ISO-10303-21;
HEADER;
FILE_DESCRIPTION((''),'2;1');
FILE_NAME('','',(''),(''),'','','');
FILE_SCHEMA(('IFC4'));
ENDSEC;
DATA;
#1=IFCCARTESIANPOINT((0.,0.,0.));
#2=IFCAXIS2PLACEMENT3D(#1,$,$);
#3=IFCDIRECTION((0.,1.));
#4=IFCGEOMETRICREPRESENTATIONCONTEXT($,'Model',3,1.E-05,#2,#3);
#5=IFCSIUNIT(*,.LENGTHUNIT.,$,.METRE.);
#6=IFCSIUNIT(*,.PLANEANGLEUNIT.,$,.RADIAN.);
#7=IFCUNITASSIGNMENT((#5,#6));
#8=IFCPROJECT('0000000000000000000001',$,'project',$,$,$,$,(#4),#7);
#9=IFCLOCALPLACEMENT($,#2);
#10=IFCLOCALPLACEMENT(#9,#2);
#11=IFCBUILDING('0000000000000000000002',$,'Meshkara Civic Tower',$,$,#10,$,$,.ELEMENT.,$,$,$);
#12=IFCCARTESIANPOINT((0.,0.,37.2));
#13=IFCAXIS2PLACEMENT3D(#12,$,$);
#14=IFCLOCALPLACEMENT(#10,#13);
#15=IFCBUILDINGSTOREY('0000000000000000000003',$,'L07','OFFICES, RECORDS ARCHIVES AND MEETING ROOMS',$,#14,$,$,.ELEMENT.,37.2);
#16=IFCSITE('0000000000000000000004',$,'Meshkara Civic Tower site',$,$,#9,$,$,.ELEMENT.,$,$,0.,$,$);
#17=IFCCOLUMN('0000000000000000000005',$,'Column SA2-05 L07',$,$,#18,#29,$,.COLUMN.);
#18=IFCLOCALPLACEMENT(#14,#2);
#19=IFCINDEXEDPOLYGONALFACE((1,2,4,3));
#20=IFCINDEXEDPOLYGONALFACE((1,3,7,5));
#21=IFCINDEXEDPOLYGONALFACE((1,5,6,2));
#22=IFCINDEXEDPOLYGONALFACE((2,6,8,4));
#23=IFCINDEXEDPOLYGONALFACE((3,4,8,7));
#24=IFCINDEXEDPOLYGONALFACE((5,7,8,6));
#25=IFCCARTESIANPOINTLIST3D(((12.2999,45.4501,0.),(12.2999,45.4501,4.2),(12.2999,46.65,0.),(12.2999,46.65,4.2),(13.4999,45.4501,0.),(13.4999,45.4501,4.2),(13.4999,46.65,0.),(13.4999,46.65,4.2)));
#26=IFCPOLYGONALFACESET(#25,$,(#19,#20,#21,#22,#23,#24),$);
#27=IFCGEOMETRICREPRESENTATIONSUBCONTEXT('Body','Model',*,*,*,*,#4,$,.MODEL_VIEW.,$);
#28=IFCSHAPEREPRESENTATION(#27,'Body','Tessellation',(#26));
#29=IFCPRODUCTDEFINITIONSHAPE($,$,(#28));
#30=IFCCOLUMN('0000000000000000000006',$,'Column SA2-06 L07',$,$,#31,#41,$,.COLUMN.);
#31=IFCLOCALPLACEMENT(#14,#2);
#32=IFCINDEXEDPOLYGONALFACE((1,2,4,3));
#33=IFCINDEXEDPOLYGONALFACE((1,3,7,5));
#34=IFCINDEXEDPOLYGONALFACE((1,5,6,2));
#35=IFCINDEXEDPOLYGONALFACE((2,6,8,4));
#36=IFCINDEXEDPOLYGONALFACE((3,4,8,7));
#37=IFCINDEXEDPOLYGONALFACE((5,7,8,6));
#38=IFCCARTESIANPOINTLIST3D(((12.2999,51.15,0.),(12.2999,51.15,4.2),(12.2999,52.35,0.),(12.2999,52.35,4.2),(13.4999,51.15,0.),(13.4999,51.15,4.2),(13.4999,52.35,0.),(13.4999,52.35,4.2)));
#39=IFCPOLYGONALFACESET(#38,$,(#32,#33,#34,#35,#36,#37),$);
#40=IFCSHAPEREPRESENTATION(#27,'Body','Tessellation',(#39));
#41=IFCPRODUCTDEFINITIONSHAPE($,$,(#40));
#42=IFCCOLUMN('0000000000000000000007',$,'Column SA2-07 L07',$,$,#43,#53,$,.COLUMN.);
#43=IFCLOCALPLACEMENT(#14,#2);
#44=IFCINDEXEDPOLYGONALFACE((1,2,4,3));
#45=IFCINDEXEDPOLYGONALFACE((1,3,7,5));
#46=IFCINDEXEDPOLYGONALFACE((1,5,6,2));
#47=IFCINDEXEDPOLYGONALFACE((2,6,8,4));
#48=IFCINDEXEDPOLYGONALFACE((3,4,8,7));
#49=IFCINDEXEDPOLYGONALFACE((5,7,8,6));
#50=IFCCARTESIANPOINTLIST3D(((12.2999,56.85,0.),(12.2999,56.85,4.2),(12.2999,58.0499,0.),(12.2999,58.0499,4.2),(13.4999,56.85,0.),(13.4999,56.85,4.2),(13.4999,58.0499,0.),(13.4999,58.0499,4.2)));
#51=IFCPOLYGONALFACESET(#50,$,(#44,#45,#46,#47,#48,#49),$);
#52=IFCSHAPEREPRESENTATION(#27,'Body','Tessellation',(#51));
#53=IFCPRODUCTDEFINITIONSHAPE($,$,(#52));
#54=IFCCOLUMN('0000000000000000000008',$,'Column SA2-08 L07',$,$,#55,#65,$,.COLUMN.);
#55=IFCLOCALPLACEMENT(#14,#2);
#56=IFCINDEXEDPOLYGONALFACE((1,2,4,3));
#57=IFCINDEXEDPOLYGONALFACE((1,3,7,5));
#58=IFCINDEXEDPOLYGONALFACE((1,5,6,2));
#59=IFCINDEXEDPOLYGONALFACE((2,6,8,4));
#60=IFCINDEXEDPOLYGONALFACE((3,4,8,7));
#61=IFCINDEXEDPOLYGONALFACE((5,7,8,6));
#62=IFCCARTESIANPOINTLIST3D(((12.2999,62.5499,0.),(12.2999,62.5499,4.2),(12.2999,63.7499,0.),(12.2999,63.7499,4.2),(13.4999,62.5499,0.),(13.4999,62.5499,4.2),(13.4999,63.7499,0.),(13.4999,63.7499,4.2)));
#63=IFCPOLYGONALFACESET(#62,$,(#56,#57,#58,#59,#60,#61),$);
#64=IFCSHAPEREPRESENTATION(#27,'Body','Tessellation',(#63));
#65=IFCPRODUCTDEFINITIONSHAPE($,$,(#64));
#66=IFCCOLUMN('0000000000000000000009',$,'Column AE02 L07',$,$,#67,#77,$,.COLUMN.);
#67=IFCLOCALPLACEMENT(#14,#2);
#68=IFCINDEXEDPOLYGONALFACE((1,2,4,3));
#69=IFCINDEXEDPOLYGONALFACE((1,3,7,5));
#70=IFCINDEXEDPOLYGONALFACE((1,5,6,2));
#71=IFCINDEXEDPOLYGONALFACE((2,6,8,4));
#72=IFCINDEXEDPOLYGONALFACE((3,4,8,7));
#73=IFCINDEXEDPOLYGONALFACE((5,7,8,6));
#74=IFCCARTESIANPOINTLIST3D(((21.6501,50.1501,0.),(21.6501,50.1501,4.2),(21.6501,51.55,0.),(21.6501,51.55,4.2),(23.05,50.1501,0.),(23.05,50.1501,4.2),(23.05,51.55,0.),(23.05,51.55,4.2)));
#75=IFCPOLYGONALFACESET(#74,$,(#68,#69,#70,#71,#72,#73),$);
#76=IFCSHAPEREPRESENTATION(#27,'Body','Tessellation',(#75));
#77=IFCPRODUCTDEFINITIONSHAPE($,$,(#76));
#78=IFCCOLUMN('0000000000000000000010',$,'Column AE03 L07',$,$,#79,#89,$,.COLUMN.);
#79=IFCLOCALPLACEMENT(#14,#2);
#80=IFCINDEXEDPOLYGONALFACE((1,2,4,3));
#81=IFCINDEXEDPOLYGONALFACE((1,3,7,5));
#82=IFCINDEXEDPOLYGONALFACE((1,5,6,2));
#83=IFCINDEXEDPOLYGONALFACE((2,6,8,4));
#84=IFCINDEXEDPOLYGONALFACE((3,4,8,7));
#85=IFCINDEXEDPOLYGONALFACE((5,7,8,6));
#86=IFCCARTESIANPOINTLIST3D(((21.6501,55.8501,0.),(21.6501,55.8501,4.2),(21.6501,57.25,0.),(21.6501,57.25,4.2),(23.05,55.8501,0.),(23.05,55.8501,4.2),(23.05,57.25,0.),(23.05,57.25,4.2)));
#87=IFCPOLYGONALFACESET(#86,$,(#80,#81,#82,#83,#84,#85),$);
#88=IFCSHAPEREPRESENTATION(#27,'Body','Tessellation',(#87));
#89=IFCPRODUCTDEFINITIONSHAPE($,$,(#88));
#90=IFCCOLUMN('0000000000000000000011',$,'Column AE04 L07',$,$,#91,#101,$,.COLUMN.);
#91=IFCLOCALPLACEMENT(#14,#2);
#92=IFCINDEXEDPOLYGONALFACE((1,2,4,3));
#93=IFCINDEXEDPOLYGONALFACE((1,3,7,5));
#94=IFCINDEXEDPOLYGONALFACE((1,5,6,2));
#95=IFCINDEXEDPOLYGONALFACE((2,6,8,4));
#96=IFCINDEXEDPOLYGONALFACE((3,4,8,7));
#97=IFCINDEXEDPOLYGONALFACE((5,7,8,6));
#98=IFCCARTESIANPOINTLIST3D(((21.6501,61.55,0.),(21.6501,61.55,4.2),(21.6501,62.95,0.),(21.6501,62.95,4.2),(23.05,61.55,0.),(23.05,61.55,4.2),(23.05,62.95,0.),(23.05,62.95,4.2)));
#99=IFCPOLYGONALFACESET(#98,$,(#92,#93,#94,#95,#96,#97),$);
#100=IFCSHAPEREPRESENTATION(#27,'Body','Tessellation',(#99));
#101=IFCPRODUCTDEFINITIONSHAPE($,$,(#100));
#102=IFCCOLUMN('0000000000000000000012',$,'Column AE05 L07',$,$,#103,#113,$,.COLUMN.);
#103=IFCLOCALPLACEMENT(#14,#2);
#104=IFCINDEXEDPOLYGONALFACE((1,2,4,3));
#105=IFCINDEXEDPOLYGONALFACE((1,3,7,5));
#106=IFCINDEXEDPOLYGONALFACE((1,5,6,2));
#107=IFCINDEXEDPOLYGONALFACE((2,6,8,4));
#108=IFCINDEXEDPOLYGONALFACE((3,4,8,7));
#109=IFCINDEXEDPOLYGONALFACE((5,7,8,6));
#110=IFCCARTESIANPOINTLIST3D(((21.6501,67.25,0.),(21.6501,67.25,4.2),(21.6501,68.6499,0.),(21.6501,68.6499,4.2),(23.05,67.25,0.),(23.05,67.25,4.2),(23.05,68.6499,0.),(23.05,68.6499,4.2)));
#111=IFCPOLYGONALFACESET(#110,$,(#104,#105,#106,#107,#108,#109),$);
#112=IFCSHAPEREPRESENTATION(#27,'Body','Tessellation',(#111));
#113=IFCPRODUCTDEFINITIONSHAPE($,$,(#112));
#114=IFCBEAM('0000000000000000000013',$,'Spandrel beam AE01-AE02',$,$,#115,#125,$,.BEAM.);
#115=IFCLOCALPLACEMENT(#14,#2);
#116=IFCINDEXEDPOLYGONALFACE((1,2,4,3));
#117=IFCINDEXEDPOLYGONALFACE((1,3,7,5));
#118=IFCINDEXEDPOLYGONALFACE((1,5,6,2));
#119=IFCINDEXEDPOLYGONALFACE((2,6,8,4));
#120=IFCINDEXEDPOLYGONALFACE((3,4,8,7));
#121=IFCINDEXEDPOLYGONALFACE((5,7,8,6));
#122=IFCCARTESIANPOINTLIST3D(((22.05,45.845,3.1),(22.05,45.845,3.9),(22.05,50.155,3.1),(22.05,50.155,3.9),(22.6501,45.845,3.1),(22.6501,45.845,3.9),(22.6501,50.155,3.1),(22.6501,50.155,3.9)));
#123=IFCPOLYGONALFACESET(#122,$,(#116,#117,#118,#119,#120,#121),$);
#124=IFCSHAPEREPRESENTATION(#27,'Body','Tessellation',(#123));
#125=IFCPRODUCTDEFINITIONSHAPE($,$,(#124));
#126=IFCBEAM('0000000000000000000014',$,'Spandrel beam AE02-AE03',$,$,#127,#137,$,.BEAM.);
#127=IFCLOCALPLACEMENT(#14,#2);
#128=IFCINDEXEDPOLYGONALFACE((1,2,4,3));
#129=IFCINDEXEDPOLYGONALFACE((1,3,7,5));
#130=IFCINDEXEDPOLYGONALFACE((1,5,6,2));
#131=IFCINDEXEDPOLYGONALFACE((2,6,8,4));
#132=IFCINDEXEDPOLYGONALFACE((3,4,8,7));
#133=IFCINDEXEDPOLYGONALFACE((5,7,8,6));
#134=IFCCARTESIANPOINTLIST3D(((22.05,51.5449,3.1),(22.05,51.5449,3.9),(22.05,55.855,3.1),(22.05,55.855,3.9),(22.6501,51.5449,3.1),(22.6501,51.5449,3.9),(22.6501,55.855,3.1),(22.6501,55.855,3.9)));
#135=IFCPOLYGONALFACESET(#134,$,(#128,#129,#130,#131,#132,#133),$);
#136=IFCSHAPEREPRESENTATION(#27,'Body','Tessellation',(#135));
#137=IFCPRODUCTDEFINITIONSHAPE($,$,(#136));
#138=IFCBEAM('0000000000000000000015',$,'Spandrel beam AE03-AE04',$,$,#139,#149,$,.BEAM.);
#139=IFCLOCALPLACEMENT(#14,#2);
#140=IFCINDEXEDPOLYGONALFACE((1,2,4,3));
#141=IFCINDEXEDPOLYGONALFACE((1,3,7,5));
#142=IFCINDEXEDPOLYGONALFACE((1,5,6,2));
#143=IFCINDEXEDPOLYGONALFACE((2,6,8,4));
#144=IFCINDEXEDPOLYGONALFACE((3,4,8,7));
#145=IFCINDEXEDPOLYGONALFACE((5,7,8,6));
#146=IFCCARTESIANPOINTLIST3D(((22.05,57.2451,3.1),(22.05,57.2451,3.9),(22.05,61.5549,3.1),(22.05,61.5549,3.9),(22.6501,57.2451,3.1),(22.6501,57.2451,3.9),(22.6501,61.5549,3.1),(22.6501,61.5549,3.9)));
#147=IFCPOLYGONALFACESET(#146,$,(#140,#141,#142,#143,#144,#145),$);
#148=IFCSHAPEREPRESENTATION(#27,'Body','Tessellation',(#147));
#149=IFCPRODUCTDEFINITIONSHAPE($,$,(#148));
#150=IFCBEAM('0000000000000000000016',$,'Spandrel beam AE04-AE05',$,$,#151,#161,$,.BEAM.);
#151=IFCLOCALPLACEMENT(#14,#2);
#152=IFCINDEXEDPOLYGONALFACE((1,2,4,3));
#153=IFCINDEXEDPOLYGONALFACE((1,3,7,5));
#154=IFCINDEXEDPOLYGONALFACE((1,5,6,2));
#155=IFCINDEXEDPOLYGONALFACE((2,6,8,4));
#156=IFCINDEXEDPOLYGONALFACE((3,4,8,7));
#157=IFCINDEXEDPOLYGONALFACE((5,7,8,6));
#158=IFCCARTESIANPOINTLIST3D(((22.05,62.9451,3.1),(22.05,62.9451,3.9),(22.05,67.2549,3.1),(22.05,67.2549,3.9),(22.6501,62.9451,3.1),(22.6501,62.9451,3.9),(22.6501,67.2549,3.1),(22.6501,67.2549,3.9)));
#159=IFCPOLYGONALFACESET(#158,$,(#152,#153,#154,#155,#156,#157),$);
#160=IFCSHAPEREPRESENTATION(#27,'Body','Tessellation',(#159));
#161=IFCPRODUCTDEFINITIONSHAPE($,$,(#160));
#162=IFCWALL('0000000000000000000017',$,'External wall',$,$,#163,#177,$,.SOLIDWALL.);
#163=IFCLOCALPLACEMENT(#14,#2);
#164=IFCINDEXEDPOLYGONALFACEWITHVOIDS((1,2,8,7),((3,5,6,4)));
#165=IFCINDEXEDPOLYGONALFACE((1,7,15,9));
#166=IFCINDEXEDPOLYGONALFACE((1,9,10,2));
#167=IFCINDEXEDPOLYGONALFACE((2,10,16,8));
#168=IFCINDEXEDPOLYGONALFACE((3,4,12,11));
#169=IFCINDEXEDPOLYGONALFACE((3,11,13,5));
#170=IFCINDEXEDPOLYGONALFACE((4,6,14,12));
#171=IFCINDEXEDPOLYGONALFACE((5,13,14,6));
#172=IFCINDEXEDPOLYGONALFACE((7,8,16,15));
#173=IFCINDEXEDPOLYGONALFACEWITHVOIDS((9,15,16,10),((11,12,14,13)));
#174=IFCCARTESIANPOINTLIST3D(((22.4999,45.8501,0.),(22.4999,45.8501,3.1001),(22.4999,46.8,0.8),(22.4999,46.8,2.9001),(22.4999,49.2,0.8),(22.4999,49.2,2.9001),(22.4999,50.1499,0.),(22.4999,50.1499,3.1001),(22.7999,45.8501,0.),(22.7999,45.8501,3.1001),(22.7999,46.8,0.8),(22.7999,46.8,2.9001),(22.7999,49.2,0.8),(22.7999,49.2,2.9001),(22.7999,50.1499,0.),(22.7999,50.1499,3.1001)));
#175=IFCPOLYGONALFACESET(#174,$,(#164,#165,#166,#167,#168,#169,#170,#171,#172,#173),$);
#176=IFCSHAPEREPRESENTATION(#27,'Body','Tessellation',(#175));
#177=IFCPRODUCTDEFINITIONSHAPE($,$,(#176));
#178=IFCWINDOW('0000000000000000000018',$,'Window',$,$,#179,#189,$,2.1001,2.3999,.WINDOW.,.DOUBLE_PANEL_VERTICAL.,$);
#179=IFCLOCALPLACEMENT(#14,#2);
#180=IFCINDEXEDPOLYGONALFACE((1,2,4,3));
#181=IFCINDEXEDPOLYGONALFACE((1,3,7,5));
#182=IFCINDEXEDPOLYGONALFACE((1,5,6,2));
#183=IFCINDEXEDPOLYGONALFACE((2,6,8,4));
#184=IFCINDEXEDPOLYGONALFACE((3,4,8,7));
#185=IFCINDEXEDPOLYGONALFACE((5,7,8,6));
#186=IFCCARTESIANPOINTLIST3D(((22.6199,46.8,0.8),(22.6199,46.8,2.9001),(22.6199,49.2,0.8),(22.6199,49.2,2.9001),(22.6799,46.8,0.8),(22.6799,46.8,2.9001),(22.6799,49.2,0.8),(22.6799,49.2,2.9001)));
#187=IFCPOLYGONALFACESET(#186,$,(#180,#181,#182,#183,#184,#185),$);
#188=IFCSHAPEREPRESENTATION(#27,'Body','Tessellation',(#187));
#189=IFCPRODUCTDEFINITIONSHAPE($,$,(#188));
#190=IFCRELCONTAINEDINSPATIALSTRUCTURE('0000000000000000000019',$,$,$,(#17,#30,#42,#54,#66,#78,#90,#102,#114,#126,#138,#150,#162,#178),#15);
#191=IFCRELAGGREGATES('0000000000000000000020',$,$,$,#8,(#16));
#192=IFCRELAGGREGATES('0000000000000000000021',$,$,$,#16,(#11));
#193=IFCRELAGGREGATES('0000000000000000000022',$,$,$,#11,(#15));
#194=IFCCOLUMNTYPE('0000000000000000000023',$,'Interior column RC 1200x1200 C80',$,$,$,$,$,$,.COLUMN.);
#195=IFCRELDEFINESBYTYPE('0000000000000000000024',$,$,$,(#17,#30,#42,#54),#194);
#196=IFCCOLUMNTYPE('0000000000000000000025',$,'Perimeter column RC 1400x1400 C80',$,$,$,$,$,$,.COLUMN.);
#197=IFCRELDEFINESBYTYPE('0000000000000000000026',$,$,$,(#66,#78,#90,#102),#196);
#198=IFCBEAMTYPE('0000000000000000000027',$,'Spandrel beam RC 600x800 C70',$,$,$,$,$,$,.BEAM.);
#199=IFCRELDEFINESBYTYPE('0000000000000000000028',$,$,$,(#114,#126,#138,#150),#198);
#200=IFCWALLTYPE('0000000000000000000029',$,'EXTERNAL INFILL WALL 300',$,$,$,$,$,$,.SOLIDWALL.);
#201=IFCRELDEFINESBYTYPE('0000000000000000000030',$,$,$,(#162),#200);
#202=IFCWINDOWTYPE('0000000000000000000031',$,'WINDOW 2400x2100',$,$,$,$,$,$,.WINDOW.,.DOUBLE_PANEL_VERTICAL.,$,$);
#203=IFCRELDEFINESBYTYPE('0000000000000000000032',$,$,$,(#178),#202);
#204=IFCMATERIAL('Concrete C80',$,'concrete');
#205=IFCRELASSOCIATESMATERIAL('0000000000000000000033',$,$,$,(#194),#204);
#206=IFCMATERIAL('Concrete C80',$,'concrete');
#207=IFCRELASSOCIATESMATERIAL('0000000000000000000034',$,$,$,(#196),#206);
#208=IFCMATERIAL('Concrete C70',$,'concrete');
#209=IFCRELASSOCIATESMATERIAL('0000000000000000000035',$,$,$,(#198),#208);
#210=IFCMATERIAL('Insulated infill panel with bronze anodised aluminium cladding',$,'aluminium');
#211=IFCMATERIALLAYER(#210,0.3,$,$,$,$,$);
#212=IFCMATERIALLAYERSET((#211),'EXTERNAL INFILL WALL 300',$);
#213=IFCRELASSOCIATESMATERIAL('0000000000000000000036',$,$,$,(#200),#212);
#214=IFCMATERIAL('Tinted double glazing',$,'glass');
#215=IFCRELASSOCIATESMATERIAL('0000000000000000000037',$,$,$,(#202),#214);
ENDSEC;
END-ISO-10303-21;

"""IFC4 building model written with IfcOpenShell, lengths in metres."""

from ifc_helpers import new_model, si_unit, direction, frame, frame_2d, origin, origin_2d, place, context, subcontext, project, spatial, rectangle, extrude, material, layer, layer_set, material_profile, profile_set, type_object, element, fill, save


model = new_model("IFC4")

# Units and contexts
model_context = context("Model", 3, precision=1e-05, world=origin(), true_north=direction((0.0, 1.0)))
body_context = subcontext(model_context, "Body", "Model", "MODEL_VIEW")
ifc_project = project(units=[si_unit("LENGTHUNIT", "METRE"), si_unit("PLANEANGLEUNIT", "RADIAN")], contexts=[model_context])

# Site, building, storey
site_placement = place(None, origin())
site = spatial("IfcSite", under=ifc_project, at=site_placement, Name="Meshkara Civic Tower site", CompositionType="ELEMENT", RefElevation=0.0)
building_placement = place(site_placement, origin())
building = spatial("IfcBuilding", under=site, at=building_placement, Name="Meshkara Civic Tower", CompositionType="ELEMENT")
storey_placement = place(building_placement, frame((0.0, 0.0, 37.2)))
storey = spatial("IfcBuildingStorey", under=building, at=storey_placement, Name="L07", Description="OFFICES, RECORDS ARCHIVES AND MEETING ROOMS", CompositionType="ELEMENT", Elevation=37.2)

# Columns
ifc_material_1 = material(Name="Concrete C80", Category="concrete")
ifc_material_profile_1 = material_profile(ifc_material_1, rectangle(XDim=1.2, YDim=1.2, at=origin_2d()))
ifc_profile_set_1 = profile_set([ifc_material_profile_1], Name="Concrete C80")
column_type_1 = type_object("IfcColumnType", Name="Interior column RC 1200x1200 C80", PredefinedType="COLUMN", material=ifc_profile_set_1)
for number, where, z_axis, x_axis, name in (
    (1, (12.8999, 46.05, 0.0), (0.0, 0.0, 1.0), (1.0, 0.0, 0.0), "Column SA2-05 L07"),
    (2, (12.8999, 51.75, 0.0), (0.0, 0.0, 1.0), (1.0, 0.0, 0.0), "Column SA2-06 L07"),
    (3, (12.8999, 57.45, 0.0), (0.0, 0.0, 1.0), (1.0, 0.0, 0.0), "Column SA2-07 L07"),
    (4, (12.8999, 63.1499, 0.0), (0.0, 0.0, 1.0), (1.0, 0.0, 0.0), "Column SA2-08 L07"),
):
    element("IfcColumn", number, at=place(storey_placement, frame(where, z_axis=z_axis, x_axis=x_axis)), inside=storey, type_object=column_type_1, Name=name, PredefinedType="COLUMN", context=body_context, shape_type="SweptSolid", body=[
        extrude(rectangle(XDim=1.2, YDim=1.2, at=origin_2d()), origin(), (0.0, 0.0, 1.0), 4.2),
    ])
ifc_material_2 = material(Name="Concrete C80", Category="concrete")
ifc_material_profile_2 = material_profile(ifc_material_2, rectangle(XDim=1.3999, YDim=1.3999, at=origin_2d()))
ifc_profile_set_2 = profile_set([ifc_material_profile_2], Name="Concrete C80")
column_type_2 = type_object("IfcColumnType", Name="Perimeter column RC 1400x1400 C80", PredefinedType="COLUMN", material=ifc_profile_set_2)
for number, where, z_axis, x_axis, name in (
    (5, (22.3501, 50.8501, 0.0), (0.0, 0.0, 1.0), (1.0, 0.0, 0.0), "Column AE02 L07"),
    (6, (22.3501, 56.55, 0.0), (0.0, 0.0, 1.0), (1.0, 0.0, 0.0), "Column AE03 L07"),
    (7, (22.3501, 62.25, 0.0), (0.0, 0.0, 1.0), (1.0, 0.0, 0.0), "Column AE04 L07"),
    (8, (22.3501, 67.95, 0.0), (0.0, 0.0, 1.0), (1.0, 0.0, 0.0), "Column AE05 L07"),
):
    element("IfcColumn", number, at=place(storey_placement, frame(where, z_axis=z_axis, x_axis=x_axis)), inside=storey, type_object=column_type_2, Name=name, PredefinedType="COLUMN", context=body_context, shape_type="SweptSolid", body=[
        extrude(rectangle(XDim=1.3999, YDim=1.3999, at=origin_2d()), origin(), (0.0, 0.0, 1.0), 4.2),
    ])

# Beams
ifc_material_3 = material(Name="Concrete C70", Category="concrete")
ifc_material_profile_3 = material_profile(ifc_material_3, rectangle(XDim=0.6001, YDim=0.8, at=origin_2d()))
ifc_profile_set_3 = profile_set([ifc_material_profile_3], Name="Concrete C70")
beam_type = type_object("IfcBeamType", Name="Spandrel beam RC 600x800 C70", PredefinedType="BEAM", material=ifc_profile_set_3)
for number, where, z_axis, x_axis, name in (
    (9, (22.3501, 45.845, 3.5), (0.0, 1.0, 0.0), (-1.0, 0.0, 0.0), "Spandrel beam AE01-AE02"),
    (10, (22.3501, 51.5449, 3.5), (0.0, 1.0, 0.0), (-1.0, 0.0, 0.0), "Spandrel beam AE02-AE03"),
):
    element("IfcBeam", number, at=place(storey_placement, frame(where, z_axis=z_axis, x_axis=x_axis)), inside=storey, type_object=beam_type, Name=name, PredefinedType="BEAM", context=body_context, shape_type="SweptSolid", body=[
        extrude(rectangle(XDim=0.6001, YDim=0.8, at=origin_2d()), origin(), (0.0, 0.0, 1.0), 4.3101),
    ])
for number, where, z_axis, x_axis, name in (
    (11, (22.3501, 57.2451, 3.5), (0.0, 1.0, 0.0), (-1.0, 0.0, 0.0), "Spandrel beam AE03-AE04"),
    (12, (22.3501, 62.9451, 3.5), (0.0, 1.0, 0.0), (-1.0, 0.0, 0.0), "Spandrel beam AE04-AE05"),
):
    element("IfcBeam", number, at=place(storey_placement, frame(where, z_axis=z_axis, x_axis=x_axis)), inside=storey, type_object=beam_type, Name=name, PredefinedType="BEAM", context=body_context, shape_type="SweptSolid", body=[
        extrude(rectangle(XDim=0.6001, YDim=0.8, at=origin_2d()), origin(), (0.0, 0.0, 1.0), 4.3098),
    ])

# Wall, opening, window
ifc_material_4 = material(Name="Insulated infill panel with bronze anodised aluminium cladding", Category="aluminium")
ifc_layer_1 = layer(ifc_material_4, 0.3)
ifc_layer_set_1 = layer_set([ifc_layer_1], Name="EXTERNAL INFILL WALL 300")
wall_type_1 = type_object("IfcWallType", Name="EXTERNAL INFILL WALL 300", PredefinedType="SOLIDWALL", material=ifc_layer_set_1)
wall_1_placement = place(storey_placement, frame((22.6499, 45.8501, 0.0), z_axis=(0.0, 0.0, 1.0), x_axis=(0.0, 1.0, 0.0)))
wall_1 = element("IfcWall", 13, at=wall_1_placement, inside=storey, type_object=wall_type_1, Name="External wall", PredefinedType="SOLIDWALL", context=body_context, shape_type="SweptSolid", body=[
    extrude(rectangle(XDim=4.2998, YDim=0.3, at=frame_2d((2.1499, 0.0))), origin(), (0.0, 0.0, 1.0), 3.1001),
])
opening_1_placement = place(wall_1_placement, frame((0.95, 0.0, 0.8)))
opening_1 = element("IfcOpeningElement", 14, at=opening_1_placement, cuts=wall_1, PredefinedType="OPENING", context=body_context, shape_type="SweptSolid", body=[
    extrude(rectangle(XDim=2.3999, YDim=2.1001, at=frame_2d((1.2, 1.05))), frame((0.0, 0.1599, 0.0), z_axis=(0.0, -1.0, 0.0), x_axis=(1.0, 0.0, 0.0)), (0.0, 0.0, 1.0), 0.3201),
])
ifc_material_5 = material(Name="Tinted double glazing", Category="glass")
window_type = type_object("IfcWindowType", Name="WINDOW 2400x2100", PartitioningType="DOUBLE_PANEL_VERTICAL", PredefinedType="WINDOW", material=ifc_material_5)
window_1_placement = place(opening_1_placement, origin())
window_1 = element("IfcWindow", 15, at=window_1_placement, inside=storey, type_object=window_type, Name="Window", OverallHeight=2.1001, OverallWidth=2.3999, PartitioningType="DOUBLE_PANEL_VERTICAL", PredefinedType="WINDOW", context=body_context, shape_type="SweptSolid", body=[
    extrude(rectangle(XDim=2.3999, YDim=2.1001, at=frame_2d((1.2, 1.05))), frame((0.0, 0.03, 0.0), z_axis=(0.0, -1.0, 0.0), x_axis=(1.0, 0.0, 0.0)), (0.0, 0.0, 1.0), 0.0601),
])
fill(opening_1, window_1)

save(model, "model.ifc")
